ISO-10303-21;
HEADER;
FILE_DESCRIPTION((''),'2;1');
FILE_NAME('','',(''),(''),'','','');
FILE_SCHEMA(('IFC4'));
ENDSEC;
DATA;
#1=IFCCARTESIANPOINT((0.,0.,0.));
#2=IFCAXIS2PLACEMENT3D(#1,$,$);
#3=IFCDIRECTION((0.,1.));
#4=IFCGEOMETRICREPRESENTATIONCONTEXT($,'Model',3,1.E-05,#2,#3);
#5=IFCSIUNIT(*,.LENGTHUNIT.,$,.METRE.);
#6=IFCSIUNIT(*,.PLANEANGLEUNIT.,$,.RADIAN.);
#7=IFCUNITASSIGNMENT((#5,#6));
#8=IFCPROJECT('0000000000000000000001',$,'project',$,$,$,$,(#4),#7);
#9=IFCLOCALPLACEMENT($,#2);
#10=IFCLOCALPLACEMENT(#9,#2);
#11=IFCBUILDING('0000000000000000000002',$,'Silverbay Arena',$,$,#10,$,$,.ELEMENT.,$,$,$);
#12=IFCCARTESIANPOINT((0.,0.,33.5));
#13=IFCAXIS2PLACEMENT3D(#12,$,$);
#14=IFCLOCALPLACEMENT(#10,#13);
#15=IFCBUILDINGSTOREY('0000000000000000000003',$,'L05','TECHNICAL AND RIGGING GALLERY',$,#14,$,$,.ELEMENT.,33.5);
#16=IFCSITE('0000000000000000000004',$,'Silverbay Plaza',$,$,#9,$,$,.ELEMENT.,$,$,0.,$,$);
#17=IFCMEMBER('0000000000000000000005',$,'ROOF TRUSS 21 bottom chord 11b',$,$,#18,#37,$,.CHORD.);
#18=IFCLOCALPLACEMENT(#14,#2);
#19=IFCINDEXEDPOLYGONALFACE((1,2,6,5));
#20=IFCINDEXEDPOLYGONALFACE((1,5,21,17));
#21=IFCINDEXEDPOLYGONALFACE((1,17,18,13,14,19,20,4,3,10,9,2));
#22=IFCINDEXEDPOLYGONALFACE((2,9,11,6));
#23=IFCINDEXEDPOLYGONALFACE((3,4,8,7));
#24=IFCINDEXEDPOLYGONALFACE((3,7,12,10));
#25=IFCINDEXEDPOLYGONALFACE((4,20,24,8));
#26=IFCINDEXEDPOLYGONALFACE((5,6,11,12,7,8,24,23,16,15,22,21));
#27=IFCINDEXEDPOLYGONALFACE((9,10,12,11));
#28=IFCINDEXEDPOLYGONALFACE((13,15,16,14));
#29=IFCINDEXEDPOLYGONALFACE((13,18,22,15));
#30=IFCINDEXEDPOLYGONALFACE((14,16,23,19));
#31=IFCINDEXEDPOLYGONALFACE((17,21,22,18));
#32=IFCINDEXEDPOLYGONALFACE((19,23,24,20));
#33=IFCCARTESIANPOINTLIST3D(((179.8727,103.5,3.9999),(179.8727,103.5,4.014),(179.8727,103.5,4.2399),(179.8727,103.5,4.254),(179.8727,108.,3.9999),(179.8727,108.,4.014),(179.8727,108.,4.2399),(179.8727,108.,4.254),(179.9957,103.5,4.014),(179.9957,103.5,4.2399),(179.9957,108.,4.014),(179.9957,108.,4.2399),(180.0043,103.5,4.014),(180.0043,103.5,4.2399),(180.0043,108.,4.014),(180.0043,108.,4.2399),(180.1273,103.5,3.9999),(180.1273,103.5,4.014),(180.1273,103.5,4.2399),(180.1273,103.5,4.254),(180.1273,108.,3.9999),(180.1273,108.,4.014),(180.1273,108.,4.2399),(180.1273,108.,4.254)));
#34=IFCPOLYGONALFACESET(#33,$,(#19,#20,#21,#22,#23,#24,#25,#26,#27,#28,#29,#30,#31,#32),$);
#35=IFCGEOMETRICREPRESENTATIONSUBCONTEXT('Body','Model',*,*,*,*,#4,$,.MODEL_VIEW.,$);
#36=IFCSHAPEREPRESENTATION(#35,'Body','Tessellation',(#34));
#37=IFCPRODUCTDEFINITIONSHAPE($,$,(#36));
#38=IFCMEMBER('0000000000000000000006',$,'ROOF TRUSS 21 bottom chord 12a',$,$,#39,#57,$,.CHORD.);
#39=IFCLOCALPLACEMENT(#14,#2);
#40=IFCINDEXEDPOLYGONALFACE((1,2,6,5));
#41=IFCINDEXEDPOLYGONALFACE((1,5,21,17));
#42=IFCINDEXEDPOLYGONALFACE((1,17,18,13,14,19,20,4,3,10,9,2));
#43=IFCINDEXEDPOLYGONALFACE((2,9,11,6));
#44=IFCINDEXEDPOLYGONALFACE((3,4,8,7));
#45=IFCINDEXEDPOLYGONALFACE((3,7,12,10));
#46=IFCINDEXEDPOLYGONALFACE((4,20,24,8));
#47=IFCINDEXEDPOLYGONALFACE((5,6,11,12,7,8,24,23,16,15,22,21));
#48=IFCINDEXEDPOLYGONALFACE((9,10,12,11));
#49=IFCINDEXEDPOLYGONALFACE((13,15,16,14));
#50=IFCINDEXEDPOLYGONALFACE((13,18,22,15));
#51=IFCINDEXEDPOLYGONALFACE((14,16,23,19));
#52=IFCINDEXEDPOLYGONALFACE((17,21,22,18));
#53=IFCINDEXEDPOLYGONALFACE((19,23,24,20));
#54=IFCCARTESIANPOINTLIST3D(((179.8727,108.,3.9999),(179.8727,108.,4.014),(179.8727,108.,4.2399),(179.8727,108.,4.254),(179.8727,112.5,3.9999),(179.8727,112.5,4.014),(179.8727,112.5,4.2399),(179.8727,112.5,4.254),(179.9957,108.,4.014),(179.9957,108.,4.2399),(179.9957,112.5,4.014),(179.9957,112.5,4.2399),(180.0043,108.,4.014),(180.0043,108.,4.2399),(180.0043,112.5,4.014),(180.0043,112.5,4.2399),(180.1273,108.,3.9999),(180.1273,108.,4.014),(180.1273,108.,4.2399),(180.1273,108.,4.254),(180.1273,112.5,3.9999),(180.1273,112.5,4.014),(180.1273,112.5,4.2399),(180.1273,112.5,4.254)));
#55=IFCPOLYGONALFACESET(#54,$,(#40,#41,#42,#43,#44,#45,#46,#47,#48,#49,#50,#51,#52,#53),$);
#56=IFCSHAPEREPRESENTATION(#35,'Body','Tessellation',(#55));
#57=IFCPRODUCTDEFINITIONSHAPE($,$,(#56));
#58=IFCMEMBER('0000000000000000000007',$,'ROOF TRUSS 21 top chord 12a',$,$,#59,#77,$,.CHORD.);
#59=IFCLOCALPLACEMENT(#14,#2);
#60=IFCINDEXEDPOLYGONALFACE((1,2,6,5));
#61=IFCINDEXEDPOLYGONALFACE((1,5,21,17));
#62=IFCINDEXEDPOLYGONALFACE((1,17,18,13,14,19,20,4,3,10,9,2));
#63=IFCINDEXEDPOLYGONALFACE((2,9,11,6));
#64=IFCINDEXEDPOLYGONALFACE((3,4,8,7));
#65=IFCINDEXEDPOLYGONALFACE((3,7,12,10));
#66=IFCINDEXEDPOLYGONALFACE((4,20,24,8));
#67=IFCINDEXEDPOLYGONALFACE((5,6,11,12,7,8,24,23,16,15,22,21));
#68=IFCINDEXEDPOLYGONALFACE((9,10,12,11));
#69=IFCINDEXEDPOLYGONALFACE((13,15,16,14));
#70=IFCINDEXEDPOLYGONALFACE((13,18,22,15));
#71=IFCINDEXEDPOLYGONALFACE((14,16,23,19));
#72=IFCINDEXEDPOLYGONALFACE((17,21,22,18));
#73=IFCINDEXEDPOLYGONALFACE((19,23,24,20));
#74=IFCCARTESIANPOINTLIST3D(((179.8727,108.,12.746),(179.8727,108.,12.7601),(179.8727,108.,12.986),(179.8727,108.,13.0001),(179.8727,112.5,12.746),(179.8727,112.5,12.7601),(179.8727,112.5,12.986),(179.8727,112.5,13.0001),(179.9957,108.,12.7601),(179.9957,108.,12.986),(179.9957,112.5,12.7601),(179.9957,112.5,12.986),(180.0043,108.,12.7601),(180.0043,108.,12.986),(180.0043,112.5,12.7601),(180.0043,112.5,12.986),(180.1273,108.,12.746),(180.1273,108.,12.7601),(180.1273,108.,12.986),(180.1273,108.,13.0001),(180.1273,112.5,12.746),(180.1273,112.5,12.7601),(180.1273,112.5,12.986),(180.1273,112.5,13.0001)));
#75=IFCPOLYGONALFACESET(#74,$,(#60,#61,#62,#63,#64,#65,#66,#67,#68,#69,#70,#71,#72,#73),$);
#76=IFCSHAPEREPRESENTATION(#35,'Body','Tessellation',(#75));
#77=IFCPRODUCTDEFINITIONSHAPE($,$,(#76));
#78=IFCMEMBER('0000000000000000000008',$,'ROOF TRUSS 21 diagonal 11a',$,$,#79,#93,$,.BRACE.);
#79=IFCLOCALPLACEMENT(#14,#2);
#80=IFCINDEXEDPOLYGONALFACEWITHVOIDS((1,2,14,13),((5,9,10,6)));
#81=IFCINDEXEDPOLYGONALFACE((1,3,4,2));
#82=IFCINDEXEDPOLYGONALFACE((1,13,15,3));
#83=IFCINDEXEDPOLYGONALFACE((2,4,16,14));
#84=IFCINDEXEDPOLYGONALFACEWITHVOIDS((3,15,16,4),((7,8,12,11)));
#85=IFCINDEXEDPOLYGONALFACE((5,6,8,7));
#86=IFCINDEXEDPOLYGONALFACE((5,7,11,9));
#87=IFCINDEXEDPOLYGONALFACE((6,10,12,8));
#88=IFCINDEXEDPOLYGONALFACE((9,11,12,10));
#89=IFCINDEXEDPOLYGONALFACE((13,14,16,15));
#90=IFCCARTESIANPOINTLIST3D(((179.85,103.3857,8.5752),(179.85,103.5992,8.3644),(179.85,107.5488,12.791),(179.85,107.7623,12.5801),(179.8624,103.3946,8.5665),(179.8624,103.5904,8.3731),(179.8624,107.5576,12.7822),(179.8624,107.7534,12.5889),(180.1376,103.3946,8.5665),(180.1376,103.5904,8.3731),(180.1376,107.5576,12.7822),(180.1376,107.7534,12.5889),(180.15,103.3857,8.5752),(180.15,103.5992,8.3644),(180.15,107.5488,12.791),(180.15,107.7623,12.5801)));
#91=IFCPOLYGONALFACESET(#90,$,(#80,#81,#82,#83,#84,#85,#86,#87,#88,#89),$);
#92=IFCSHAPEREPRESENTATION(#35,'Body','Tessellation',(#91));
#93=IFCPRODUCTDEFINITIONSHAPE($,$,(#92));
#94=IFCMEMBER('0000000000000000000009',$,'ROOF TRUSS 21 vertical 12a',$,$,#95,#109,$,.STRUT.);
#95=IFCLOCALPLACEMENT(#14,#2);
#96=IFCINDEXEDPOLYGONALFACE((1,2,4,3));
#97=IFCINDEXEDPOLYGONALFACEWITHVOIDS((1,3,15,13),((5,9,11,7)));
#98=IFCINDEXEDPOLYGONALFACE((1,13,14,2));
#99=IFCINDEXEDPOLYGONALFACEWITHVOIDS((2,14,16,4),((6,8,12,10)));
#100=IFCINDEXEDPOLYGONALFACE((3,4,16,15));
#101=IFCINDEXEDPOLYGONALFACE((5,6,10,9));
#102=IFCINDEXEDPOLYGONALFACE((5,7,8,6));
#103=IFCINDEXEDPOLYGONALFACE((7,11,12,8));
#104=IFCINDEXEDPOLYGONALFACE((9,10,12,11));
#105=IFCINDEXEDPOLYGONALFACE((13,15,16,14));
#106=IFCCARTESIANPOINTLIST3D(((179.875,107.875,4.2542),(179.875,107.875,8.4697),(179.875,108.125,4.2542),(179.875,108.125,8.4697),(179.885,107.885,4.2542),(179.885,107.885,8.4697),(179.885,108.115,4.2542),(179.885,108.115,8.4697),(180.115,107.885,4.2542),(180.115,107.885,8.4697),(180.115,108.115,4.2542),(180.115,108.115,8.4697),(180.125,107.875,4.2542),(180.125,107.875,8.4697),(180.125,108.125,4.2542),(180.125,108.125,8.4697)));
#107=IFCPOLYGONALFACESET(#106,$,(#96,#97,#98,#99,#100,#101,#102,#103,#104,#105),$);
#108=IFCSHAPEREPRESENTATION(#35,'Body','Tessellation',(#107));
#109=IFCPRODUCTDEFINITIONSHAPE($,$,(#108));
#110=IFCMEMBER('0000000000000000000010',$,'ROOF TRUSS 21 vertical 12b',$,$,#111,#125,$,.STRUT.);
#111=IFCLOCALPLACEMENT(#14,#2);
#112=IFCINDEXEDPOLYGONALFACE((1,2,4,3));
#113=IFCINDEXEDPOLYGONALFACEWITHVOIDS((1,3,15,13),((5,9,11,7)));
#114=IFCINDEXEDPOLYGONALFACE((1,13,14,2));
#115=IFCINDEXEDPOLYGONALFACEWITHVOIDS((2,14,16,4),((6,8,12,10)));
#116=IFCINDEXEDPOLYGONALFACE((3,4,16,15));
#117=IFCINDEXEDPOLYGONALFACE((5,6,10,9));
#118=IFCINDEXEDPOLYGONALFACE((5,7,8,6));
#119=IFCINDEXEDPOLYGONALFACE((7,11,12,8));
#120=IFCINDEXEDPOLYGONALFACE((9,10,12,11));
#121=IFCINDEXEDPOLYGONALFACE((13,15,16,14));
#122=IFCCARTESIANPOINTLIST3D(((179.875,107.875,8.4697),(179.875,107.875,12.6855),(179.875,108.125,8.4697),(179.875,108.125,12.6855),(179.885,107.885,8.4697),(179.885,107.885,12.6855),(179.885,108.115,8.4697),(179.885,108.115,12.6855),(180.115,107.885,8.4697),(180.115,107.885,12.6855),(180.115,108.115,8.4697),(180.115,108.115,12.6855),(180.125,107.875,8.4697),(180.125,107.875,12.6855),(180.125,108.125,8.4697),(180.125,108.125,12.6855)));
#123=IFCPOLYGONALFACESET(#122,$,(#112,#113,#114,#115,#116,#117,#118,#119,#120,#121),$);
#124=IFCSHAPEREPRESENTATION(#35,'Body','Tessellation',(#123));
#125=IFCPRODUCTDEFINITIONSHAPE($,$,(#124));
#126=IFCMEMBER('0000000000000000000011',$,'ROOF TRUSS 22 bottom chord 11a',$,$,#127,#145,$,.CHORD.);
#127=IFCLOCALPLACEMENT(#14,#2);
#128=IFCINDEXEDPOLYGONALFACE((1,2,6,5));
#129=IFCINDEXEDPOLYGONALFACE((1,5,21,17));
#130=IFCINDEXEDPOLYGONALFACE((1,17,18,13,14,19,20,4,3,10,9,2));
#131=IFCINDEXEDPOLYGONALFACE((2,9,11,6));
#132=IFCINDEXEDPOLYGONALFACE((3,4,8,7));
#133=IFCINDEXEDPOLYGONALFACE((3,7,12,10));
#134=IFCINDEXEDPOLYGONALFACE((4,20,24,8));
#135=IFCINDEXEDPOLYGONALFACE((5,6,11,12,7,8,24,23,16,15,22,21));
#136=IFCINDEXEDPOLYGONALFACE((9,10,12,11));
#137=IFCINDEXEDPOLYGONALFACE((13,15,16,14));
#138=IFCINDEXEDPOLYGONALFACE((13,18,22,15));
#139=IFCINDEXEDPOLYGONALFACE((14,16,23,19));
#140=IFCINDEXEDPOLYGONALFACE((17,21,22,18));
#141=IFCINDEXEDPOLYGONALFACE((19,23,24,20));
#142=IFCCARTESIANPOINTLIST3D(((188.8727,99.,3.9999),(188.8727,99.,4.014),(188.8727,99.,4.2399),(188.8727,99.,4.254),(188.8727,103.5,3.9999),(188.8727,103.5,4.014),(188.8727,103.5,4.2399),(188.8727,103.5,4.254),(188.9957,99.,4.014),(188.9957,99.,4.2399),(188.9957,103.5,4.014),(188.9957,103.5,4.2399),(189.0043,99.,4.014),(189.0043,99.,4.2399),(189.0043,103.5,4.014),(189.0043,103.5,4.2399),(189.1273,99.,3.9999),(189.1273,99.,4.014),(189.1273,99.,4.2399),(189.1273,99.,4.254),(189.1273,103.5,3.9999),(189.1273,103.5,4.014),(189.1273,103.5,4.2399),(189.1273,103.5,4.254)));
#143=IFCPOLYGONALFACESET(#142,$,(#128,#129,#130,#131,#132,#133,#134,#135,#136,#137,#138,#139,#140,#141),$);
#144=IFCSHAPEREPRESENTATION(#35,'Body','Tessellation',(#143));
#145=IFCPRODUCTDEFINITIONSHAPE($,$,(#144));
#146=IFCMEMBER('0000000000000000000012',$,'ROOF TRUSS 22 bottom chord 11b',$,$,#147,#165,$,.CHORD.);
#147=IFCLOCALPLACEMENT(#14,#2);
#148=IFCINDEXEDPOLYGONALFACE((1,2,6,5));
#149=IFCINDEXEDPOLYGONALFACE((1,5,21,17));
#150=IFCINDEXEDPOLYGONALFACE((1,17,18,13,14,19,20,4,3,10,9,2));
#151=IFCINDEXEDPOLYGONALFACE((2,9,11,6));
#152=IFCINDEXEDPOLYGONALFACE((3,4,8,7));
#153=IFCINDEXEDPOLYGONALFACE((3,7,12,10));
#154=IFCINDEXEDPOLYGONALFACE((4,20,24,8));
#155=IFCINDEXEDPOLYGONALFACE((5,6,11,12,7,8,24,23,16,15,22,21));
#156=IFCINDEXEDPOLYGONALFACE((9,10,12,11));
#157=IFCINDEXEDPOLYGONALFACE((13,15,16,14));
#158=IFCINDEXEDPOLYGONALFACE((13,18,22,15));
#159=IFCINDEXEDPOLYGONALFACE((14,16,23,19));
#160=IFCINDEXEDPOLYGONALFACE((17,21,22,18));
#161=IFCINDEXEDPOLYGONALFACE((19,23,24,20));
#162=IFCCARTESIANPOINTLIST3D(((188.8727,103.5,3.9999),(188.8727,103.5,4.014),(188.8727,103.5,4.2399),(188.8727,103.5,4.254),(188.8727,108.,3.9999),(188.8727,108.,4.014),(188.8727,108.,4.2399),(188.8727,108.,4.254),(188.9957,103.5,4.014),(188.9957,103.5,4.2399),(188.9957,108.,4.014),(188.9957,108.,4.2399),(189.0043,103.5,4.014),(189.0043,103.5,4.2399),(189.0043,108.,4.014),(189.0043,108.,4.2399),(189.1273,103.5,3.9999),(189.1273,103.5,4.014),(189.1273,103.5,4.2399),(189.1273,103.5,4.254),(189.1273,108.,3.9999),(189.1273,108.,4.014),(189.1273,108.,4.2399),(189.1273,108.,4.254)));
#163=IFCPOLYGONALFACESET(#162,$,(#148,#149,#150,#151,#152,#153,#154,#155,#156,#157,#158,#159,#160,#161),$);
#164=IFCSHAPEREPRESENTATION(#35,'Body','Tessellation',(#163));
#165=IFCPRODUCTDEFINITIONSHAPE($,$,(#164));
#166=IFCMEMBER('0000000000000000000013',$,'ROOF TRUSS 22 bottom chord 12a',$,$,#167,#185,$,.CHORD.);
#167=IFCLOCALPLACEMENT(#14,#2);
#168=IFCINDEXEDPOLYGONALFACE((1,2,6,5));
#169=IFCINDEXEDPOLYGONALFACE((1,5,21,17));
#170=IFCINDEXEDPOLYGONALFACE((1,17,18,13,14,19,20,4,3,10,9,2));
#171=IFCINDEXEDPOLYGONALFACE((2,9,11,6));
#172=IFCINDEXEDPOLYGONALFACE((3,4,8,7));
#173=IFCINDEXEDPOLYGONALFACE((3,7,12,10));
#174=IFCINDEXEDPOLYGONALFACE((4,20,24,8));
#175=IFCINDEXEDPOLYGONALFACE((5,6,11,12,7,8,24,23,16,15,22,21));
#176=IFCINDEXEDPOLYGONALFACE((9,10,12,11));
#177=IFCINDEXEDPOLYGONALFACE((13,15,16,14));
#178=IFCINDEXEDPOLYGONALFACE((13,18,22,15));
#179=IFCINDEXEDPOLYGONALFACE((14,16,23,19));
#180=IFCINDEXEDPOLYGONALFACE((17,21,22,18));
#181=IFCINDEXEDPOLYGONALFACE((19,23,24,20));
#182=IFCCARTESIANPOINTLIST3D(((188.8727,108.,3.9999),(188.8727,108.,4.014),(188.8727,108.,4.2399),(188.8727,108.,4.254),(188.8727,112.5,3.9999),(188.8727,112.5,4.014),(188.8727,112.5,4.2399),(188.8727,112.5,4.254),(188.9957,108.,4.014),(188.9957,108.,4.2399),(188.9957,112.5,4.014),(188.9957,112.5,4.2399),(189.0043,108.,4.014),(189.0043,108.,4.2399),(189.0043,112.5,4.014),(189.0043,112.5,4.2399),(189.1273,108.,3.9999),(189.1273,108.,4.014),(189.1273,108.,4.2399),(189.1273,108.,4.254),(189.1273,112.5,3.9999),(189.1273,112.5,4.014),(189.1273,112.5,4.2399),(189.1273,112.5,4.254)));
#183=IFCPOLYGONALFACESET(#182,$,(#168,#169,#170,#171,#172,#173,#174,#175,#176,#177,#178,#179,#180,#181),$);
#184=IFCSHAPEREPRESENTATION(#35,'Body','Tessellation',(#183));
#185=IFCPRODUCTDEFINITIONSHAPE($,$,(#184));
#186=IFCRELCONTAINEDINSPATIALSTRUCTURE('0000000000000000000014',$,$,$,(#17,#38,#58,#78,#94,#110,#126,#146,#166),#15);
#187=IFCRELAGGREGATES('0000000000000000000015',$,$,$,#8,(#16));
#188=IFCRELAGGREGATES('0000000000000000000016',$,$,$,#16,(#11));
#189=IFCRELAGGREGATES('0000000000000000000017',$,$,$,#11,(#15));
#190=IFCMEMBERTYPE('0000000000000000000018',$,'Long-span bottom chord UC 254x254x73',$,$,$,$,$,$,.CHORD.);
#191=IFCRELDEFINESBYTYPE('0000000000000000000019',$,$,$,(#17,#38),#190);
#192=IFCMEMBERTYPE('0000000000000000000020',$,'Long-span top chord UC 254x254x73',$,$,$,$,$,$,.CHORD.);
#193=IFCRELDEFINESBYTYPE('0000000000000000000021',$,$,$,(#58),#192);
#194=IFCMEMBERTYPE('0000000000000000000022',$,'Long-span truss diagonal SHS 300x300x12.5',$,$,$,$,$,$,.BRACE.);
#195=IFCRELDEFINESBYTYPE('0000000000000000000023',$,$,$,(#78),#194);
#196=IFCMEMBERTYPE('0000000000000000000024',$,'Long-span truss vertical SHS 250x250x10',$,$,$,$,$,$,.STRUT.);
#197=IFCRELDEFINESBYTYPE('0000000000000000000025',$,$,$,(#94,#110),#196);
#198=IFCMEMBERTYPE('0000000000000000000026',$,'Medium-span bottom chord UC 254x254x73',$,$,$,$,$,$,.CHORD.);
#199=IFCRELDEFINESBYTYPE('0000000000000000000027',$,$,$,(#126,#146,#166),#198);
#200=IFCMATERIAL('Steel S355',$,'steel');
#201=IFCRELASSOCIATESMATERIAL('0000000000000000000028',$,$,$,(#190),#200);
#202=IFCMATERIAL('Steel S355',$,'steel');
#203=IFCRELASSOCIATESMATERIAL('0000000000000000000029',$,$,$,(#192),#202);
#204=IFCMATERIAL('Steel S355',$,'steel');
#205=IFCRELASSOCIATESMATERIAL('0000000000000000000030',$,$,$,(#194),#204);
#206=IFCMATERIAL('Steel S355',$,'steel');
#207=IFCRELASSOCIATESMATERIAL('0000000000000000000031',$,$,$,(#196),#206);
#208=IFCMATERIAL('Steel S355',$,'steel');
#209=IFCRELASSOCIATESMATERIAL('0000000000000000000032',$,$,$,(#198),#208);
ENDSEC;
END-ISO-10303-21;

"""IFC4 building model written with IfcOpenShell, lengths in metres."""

from ifc_helpers import new_model, si_unit, direction, frame, origin, origin_2d, place, context, subcontext, project, spatial, hollow_rectangle, i_section, extrude, material, material_profile, profile_set, type_object, element, save


model = new_model("IFC4")

# Units and contexts
model_context = context("Model", 3, precision=1e-05, world=origin(), true_north=direction((0.0, 1.0)))
body_context = subcontext(model_context, "Body", "Model", "MODEL_VIEW")
ifc_project = project(units=[si_unit("LENGTHUNIT", "METRE"), si_unit("PLANEANGLEUNIT", "RADIAN")], contexts=[model_context])

# Site, building, storey
site_placement = place(None, origin())
site = spatial("IfcSite", under=ifc_project, at=site_placement, Name="Silverbay Plaza", CompositionType="ELEMENT", RefElevation=0.0)
building_placement = place(site_placement, origin())
building = spatial("IfcBuilding", under=site, at=building_placement, Name="Silverbay Arena", CompositionType="ELEMENT")
storey_placement = place(building_placement, frame((0.0, 0.0, 33.5)))
storey = spatial("IfcBuildingStorey", under=building, at=storey_placement, Name="L05", Description="TECHNICAL AND RIGGING GALLERY", CompositionType="ELEMENT", Elevation=33.5)

# Members
ifc_material_1 = material(Name="Steel S355", Category="steel")
ifc_material_profile_1 = material_profile(ifc_material_1, i_section(OverallWidth=0.2546, OverallDepth=0.2542, WebThickness=0.0085, FlangeThickness=0.0142, at=origin_2d()), Name="UC 254x254x73")
ifc_profile_set_1 = profile_set([ifc_material_profile_1], Name="Steel S355")
member_type_1 = type_object("IfcMemberType", Name="Long-span bottom chord UC 254x254x73", PredefinedType="CHORD", material=ifc_profile_set_1)
for number, where, z_axis, x_axis, name in (
    (1, (180.0, 103.5, 4.127), (0.0, 1.0, 0.0), (-1.0, 0.0, 0.0), "ROOF TRUSS 21 bottom chord 11b"),
    (2, (180.0, 108.0, 4.127), (0.0, 1.0, 0.0), (-1.0, 0.0, 0.0), "ROOF TRUSS 21 bottom chord 12a"),
):
    element("IfcMember", number, at=place(storey_placement, frame(where, z_axis=z_axis, x_axis=x_axis)), inside=storey, type_object=member_type_1, Name=name, PredefinedType="CHORD", context=body_context, shape_type="SweptSolid", body=[
        extrude(i_section(OverallWidth=0.2546, OverallDepth=0.2542, WebThickness=0.0085, FlangeThickness=0.0142, at=origin_2d()), origin(), (0.0, 0.0, 1.0), 4.5),
    ])
ifc_material_2 = material(Name="Steel S355", Category="steel")
ifc_material_profile_2 = material_profile(ifc_material_2, i_section(OverallWidth=0.2546, OverallDepth=0.2542, WebThickness=0.0085, FlangeThickness=0.0142, at=origin_2d()), Name="UC 254x254x73")
ifc_profile_set_2 = profile_set([ifc_material_profile_2], Name="Steel S355")
member_type_2 = type_object("IfcMemberType", Name="Long-span top chord UC 254x254x73", PredefinedType="CHORD", material=ifc_profile_set_2)
member_1_placement = place(storey_placement, frame((180.0, 108.0, 12.873), z_axis=(0.0, 1.0, 0.0), x_axis=(-1.0, 0.0, 0.0)))
element("IfcMember", 3, at=member_1_placement, inside=storey, type_object=member_type_2, Name="ROOF TRUSS 21 top chord 12a", PredefinedType="CHORD", context=body_context, shape_type="SweptSolid", body=[
    extrude(i_section(OverallWidth=0.2546, OverallDepth=0.2542, WebThickness=0.0085, FlangeThickness=0.0142, at=origin_2d()), origin(), (0.0, 0.0, 1.0), 4.5),
])
ifc_material_3 = material(Name="Steel S355", Category="steel")
ifc_material_profile_3 = material_profile(ifc_material_3, hollow_rectangle(XDim=0.3, YDim=0.3, WallThickness=0.0125, at=origin_2d()), Name="SHS 300x300x12.5")
ifc_profile_set_3 = profile_set([ifc_material_profile_3], Name="Steel S355")
member_type_3 = type_object("IfcMemberType", Name="Long-span truss diagonal SHS 300x300x12.5", PredefinedType="BRACE", material=ifc_profile_set_3)
member_2_placement = place(storey_placement, frame((180.0, 107.6555, 12.6855), z_axis=(0.0, -0.702643, -0.711543), x_axis=(1.0, 0.0, 0.0)))
element("IfcMember", 4, at=member_2_placement, inside=storey, type_object=member_type_3, Name="ROOF TRUSS 21 diagonal 11a", PredefinedType="BRACE", context=body_context, shape_type="SweptSolid", body=[
    extrude(hollow_rectangle(XDim=0.3, YDim=0.3, WallThickness=0.0125, at=origin_2d()), origin(), (0.0, 0.0, 1.0), 5.9248),
])
ifc_material_4 = material(Name="Steel S355", Category="steel")
ifc_material_profile_4 = material_profile(ifc_material_4, hollow_rectangle(XDim=0.25, YDim=0.25, WallThickness=0.01, at=origin_2d()), Name="SHS 250x250x10")
ifc_profile_set_4 = profile_set([ifc_material_profile_4], Name="Steel S355")
member_type_4 = type_object("IfcMemberType", Name="Long-span truss vertical SHS 250x250x10", PredefinedType="STRUT", material=ifc_profile_set_4)
member_3_placement = place(storey_placement, frame((180.0, 108.0, 4.2542), z_axis=(0.0, 0.0, 1.0), x_axis=(1.0, 0.0, 0.0)))
element("IfcMember", 5, at=member_3_placement, inside=storey, type_object=member_type_4, Name="ROOF TRUSS 21 vertical 12a", PredefinedType="STRUT", context=body_context, shape_type="SweptSolid", body=[
    extrude(hollow_rectangle(XDim=0.25, YDim=0.25, WallThickness=0.01, at=origin_2d()), origin(), (0.0, 0.0, 1.0), 4.2156),
])
member_4_placement = place(storey_placement, frame((180.0, 108.0, 8.4697), z_axis=(0.0, 0.0, 1.0), x_axis=(1.0, 0.0, 0.0)))
element("IfcMember", 6, at=member_4_placement, inside=storey, type_object=member_type_4, Name="ROOF TRUSS 21 vertical 12b", PredefinedType="STRUT", context=body_context, shape_type="SweptSolid", body=[
    extrude(hollow_rectangle(XDim=0.25, YDim=0.25, WallThickness=0.01, at=origin_2d()), origin(), (0.0, 0.0, 1.0), 4.2158),
])
ifc_material_5 = material(Name="Steel S355", Category="steel")
ifc_material_profile_5 = material_profile(ifc_material_5, i_section(OverallWidth=0.2546, OverallDepth=0.2542, WebThickness=0.0085, FlangeThickness=0.0142, at=origin_2d()), Name="UC 254x254x73")
ifc_profile_set_5 = profile_set([ifc_material_profile_5], Name="Steel S355")
member_type_5 = type_object("IfcMemberType", Name="Medium-span bottom chord UC 254x254x73", PredefinedType="CHORD", material=ifc_profile_set_5)
for number, where, z_axis, x_axis, name in (
    (7, (189.0, 99.0, 4.127), (0.0, 1.0, 0.0), (-1.0, 0.0, 0.0), "ROOF TRUSS 22 bottom chord 11a"),
    (8, (189.0, 103.5, 4.127), (0.0, 1.0, 0.0), (-1.0, 0.0, 0.0), "ROOF TRUSS 22 bottom chord 11b"),
    (9, (189.0, 108.0, 4.127), (0.0, 1.0, 0.0), (-1.0, 0.0, 0.0), "ROOF TRUSS 22 bottom chord 12a"),
):
    element("IfcMember", number, at=place(storey_placement, frame(where, z_axis=z_axis, x_axis=x_axis)), inside=storey, type_object=member_type_5, Name=name, PredefinedType="CHORD", context=body_context, shape_type="SweptSolid", body=[
        extrude(i_section(OverallWidth=0.2546, OverallDepth=0.2542, WebThickness=0.0085, FlangeThickness=0.0142, at=origin_2d()), origin(), (0.0, 0.0, 1.0), 4.5),
    ])

save(model, "model.ifc")
